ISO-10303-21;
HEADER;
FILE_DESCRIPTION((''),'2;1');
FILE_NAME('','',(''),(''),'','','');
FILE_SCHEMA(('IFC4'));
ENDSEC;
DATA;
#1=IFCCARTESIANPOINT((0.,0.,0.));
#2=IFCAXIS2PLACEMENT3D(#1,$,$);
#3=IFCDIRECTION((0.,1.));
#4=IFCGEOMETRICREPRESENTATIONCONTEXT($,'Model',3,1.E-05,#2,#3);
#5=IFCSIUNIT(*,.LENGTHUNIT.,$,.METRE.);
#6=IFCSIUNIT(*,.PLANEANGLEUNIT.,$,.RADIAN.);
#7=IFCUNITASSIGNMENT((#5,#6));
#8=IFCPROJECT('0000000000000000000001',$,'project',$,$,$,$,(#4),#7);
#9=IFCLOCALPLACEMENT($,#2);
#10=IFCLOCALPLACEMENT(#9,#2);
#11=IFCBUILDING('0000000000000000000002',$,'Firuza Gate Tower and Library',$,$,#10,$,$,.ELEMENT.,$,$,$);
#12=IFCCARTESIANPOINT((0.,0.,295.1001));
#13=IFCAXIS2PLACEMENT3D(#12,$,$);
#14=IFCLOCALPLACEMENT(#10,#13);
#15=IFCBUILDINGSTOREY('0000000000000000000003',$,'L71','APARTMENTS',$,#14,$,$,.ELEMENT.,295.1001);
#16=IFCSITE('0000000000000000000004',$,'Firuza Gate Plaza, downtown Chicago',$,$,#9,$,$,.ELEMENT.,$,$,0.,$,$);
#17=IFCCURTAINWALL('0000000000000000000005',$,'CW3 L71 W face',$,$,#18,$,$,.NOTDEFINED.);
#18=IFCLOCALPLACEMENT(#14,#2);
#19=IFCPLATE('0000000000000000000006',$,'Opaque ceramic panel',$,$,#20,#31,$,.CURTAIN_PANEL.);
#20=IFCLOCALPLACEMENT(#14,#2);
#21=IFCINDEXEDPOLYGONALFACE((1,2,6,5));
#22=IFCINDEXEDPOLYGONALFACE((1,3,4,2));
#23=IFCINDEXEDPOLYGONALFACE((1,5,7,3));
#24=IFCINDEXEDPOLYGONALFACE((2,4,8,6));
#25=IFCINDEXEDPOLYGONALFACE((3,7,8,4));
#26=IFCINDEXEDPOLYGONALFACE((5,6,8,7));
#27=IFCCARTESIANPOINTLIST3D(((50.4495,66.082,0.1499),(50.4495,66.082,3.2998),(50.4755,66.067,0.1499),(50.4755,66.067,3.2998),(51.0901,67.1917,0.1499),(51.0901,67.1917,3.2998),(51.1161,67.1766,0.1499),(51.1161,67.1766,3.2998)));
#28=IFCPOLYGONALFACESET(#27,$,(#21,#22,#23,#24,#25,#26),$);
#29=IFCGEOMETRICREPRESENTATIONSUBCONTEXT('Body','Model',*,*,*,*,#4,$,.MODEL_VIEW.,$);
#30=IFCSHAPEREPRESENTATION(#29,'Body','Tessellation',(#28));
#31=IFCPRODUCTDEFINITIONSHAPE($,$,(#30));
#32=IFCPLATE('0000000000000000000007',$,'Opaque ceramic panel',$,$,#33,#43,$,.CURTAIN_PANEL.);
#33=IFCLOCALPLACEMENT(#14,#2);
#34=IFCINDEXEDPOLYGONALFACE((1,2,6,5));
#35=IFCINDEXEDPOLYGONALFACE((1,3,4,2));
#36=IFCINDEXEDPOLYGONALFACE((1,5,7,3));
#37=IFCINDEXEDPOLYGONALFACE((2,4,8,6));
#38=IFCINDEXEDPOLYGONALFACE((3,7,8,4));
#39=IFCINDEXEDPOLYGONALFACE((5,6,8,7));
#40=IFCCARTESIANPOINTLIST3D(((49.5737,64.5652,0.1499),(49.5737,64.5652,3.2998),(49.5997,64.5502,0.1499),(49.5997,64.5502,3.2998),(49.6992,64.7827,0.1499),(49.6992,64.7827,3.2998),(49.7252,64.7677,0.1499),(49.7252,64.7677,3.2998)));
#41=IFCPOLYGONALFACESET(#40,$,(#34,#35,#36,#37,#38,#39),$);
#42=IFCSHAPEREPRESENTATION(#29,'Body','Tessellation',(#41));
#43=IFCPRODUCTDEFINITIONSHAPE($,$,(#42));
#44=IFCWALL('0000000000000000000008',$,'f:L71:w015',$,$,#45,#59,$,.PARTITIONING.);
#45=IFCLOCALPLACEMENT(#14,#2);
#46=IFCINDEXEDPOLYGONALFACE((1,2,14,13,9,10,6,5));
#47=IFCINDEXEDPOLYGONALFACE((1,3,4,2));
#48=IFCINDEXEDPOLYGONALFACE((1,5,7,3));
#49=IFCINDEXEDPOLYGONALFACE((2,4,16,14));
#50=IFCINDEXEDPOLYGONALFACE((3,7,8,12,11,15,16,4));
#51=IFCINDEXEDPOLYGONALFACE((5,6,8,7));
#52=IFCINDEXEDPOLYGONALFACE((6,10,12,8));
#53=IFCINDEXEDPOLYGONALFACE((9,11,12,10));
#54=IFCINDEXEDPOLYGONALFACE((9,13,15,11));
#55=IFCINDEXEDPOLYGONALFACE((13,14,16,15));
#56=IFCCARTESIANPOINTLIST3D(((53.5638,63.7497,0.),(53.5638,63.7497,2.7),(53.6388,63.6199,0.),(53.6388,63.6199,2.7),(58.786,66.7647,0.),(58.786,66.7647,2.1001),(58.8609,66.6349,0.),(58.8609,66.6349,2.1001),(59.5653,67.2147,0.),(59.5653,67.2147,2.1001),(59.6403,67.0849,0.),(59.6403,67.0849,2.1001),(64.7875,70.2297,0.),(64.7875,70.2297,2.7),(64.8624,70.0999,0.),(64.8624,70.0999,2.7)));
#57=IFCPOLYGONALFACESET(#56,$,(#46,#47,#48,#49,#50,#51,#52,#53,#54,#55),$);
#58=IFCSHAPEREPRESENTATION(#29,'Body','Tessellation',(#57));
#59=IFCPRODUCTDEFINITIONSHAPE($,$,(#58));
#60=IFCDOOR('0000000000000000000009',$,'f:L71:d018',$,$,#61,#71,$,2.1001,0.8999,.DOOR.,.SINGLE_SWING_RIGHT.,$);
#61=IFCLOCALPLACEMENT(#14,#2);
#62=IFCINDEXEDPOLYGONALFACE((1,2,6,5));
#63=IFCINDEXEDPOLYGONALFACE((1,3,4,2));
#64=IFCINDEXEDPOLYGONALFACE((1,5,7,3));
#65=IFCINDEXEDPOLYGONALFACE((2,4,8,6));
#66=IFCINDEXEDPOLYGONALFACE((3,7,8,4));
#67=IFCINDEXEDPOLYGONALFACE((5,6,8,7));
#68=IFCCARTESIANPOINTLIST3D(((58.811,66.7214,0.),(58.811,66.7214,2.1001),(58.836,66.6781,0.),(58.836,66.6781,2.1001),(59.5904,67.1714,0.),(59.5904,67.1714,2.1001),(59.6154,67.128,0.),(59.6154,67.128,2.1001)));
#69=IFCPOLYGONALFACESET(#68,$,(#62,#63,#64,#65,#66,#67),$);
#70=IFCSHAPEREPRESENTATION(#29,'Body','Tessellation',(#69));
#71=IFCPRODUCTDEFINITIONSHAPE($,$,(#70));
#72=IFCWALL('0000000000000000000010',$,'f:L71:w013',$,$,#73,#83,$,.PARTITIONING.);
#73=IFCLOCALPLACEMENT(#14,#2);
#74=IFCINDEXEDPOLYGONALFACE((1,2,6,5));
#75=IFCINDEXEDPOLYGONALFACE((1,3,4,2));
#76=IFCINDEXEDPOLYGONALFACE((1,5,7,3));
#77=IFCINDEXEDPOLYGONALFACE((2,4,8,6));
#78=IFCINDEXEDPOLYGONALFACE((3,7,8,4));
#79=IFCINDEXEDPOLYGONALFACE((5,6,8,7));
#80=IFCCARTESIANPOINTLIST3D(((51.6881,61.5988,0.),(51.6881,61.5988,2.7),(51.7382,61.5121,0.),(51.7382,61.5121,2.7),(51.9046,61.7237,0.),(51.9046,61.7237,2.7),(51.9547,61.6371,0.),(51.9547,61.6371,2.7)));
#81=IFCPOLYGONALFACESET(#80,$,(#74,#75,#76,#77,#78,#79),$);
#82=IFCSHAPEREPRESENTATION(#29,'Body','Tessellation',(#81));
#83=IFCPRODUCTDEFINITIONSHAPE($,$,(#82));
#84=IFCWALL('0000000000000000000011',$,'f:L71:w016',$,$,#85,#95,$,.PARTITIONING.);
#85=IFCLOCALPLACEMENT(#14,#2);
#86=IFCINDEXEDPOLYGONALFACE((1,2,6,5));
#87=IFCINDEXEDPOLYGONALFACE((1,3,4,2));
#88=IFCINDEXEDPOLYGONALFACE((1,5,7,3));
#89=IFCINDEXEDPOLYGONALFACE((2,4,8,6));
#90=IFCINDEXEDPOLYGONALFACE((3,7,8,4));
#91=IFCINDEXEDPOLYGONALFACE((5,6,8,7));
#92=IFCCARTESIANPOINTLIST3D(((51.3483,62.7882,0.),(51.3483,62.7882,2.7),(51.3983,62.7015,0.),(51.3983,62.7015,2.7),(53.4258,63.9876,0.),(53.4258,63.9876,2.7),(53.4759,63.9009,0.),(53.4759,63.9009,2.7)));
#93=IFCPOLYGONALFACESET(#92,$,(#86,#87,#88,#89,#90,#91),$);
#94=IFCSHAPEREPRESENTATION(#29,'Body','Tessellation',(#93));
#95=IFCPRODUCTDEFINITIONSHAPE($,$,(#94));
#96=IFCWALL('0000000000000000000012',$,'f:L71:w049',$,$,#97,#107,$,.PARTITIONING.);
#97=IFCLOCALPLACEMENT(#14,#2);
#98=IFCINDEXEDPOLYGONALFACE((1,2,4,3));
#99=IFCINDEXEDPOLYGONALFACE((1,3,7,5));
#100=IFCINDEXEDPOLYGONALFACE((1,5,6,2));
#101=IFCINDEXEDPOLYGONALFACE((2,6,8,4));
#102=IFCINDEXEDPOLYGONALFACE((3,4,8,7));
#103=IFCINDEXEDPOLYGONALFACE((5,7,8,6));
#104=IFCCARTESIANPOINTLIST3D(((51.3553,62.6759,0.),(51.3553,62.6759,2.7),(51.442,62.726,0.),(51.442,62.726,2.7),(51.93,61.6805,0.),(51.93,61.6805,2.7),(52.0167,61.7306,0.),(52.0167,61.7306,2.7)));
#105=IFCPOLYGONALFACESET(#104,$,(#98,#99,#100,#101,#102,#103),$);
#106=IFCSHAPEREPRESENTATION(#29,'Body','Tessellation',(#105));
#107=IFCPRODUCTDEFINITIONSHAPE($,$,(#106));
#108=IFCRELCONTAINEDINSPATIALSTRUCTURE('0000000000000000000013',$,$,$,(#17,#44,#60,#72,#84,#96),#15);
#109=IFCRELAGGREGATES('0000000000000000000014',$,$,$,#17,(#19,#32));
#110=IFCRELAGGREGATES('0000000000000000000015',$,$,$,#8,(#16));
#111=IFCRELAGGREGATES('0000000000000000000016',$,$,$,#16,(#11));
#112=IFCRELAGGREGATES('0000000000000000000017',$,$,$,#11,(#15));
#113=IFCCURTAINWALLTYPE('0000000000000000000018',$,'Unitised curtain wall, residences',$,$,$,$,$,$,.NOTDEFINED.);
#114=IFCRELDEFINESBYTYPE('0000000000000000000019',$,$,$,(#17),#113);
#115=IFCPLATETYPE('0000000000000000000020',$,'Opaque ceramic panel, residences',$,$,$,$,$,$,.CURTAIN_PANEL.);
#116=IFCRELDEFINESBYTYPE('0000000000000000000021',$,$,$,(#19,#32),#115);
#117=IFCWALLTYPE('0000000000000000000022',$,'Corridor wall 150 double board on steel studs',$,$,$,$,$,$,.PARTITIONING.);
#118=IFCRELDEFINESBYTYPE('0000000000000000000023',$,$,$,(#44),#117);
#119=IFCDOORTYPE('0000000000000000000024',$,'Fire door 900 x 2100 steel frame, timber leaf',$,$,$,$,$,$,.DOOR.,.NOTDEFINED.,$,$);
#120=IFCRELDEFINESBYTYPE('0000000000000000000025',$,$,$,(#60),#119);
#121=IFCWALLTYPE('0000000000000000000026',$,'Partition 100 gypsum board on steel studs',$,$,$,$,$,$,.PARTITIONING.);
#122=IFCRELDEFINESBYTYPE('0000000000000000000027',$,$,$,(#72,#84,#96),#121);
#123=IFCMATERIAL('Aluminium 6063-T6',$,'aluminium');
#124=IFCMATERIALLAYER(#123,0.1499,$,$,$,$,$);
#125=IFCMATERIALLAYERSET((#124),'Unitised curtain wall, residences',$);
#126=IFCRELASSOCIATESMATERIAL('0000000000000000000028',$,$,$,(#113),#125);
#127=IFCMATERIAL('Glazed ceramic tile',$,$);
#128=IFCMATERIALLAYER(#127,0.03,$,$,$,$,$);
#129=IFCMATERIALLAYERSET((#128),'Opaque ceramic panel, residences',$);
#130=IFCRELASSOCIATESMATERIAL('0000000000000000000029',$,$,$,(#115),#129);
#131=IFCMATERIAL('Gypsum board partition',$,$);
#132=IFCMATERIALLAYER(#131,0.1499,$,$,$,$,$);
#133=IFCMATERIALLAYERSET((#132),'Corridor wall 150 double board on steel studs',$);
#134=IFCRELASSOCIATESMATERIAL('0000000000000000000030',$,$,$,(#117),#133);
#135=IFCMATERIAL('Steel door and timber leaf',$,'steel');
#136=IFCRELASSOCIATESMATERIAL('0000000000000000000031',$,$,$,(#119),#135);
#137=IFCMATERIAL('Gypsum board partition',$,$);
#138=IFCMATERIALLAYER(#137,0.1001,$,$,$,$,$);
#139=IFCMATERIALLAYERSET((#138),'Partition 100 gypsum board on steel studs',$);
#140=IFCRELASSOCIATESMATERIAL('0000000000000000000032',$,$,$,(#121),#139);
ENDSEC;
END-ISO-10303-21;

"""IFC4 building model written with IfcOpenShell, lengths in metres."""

from ifc_helpers import new_model, si_unit, direction, frame, frame_2d, origin, place, context, subcontext, project, spatial, polyline, rectangle, outline, extrude, material, layer, layer_set, type_object, element, fill, aggregate, save


model = new_model("IFC4")

# Units and contexts
model_context = context("Model", 3, precision=1e-05, world=origin(), true_north=direction((0.0, 1.0)))
body_context = subcontext(model_context, "Body", "Model", "MODEL_VIEW")
ifc_project = project(units=[si_unit("LENGTHUNIT", "METRE"), si_unit("PLANEANGLEUNIT", "RADIAN")], contexts=[model_context])

# Site, building, storey
site_placement = place(None, origin())
site = spatial("IfcSite", under=ifc_project, at=site_placement, Name="Firuza Gate Plaza, downtown Chicago", CompositionType="ELEMENT", RefElevation=0.0)
building_placement = place(site_placement, origin())
building = spatial("IfcBuilding", under=site, at=building_placement, Name="Firuza Gate Tower and Library", CompositionType="ELEMENT")
storey_placement = place(building_placement, frame((0.0, 0.0, 295.1001)))
storey = spatial("IfcBuildingStorey", under=building, at=storey_placement, Name="L71", Description="APARTMENTS", CompositionType="ELEMENT", Elevation=295.1001)

# Curtain wall
ifc_material_1 = material(Name="Aluminium 6063-T6", Category="aluminium")
ifc_layer_1 = layer(ifc_material_1, 0.1499)
ifc_layer_set_1 = layer_set([ifc_layer_1], Name="Unitised curtain wall, residences")
curtain_wall_type_1 = type_object("IfcCurtainWallType", Name="Unitised curtain wall, residences", PredefinedType="NOTDEFINED", material=ifc_layer_set_1)
placement = place(storey_placement, origin())
curtain_wall_1 = element("IfcCurtainWall", 1, at=placement, inside=storey, type_object=curtain_wall_type_1, Name="CW3 L71 W face", PredefinedType="NOTDEFINED")

# Plates
ifc_material_2 = material(Name="Glazed ceramic tile")
ifc_layer_2 = layer(ifc_material_2, 0.03)
ifc_layer_set_2 = layer_set([ifc_layer_2], Name="Opaque ceramic panel, residences")
plate_type_1 = type_object("IfcPlateType", Name="Opaque ceramic panel, residences", PredefinedType="CURTAIN_PANEL", material=ifc_layer_set_2)
plate_1_placement = place(storey_placement, frame((51.0901, 67.1917, 0.1499), z_axis=(-0.86603, 0.499992, 0.0), x_axis=(-0.499992, -0.86603, 0.0)))
plate_1 = element("IfcPlate", 2, at=plate_1_placement, type_object=plate_type_1, Name="Opaque ceramic panel", PredefinedType="CURTAIN_PANEL", context=body_context, shape_type="SweptSolid", body=[
    extrude(outline(polyline([(0.0, 0.0), (1.2813, 0.0), (1.2813, 3.1499), (0.0, 3.1499), (0.0, 0.0)])), origin(), (0.0, 0.0, -1.0), 0.03),
])
plate_2_placement = place(storey_placement, frame((49.6992, 64.7827, 0.1499), z_axis=(-0.866202, 0.499694, 0.0), x_axis=(-0.499694, -0.866202, 0.0)))
plate_2 = element("IfcPlate", 3, at=plate_2_placement, type_object=plate_type_1, Name="Opaque ceramic panel", PredefinedType="CURTAIN_PANEL", context=body_context, shape_type="SweptSolid", body=[
    extrude(outline(polyline([(0.0, 0.0), (0.2511, 0.0), (0.2511, 3.1499), (0.0, 3.1499), (0.0, 0.0)])), origin(), (0.0, 0.0, -1.0), 0.03),
])
aggregate(curtain_wall_1, [plate_1, plate_2])

# Wall, opening, door
ifc_material_3 = material(Name="Gypsum board partition")
ifc_layer_3 = layer(ifc_material_3, 0.1499)
ifc_layer_set_3 = layer_set([ifc_layer_3], Name="Corridor wall 150 double board on steel studs")
wall_type_1 = type_object("IfcWallType", Name="Corridor wall 150 double board on steel studs", PredefinedType="PARTITIONING", material=ifc_layer_set_3)
wall_1_placement = place(storey_placement, frame((53.6013, 63.6848, 0.0), z_axis=(0.0, 0.0, 1.0), x_axis=(0.866025, 0.500001, 0.0)))
wall_1 = element("IfcWall", 4, at=wall_1_placement, inside=storey, type_object=wall_type_1, Name="f:L71:w015", PredefinedType="PARTITIONING", context=body_context, shape_type="SweptSolid", body=[
    extrude(rectangle(XDim=12.96, YDim=0.1499, at=frame_2d((6.48, 0.0))), origin(), (0.0, 0.0, 1.0), 2.7),
])
opening_placement = place(wall_1_placement, frame((6.03, 0.0, 0.0)))
opening = element("IfcOpeningElement", 5, at=opening_placement, cuts=wall_1, PredefinedType="OPENING", context=body_context, shape_type="SweptSolid", body=[
    extrude(rectangle(XDim=0.8999, YDim=2.1001, at=frame_2d((0.45, 1.05))), frame((0.0, 0.085, 0.0), z_axis=(0.0, -1.0, 0.0), x_axis=(1.0, 0.0, 0.0)), (0.0, 0.0, 1.0), 0.1699),
])
ifc_material_4 = material(Name="Steel door and timber leaf", Category="steel")
door_type = type_object("IfcDoorType", Name="Fire door 900 x 2100 steel frame, timber leaf", OperationType="NOTDEFINED", PredefinedType="DOOR", material=ifc_material_4)
door_placement = place(opening_placement, origin())
door = element("IfcDoor", 6, at=door_placement, inside=storey, type_object=door_type, Name="f:L71:d018", OperationType="SINGLE_SWING_RIGHT", OverallHeight=2.1001, OverallWidth=0.8999, PredefinedType="DOOR", context=body_context, shape_type="SweptSolid", body=[
    extrude(rectangle(XDim=0.8999, YDim=2.1001, at=frame_2d((0.45, 1.05))), frame((0.0, 0.0249, 0.0), z_axis=(0.0, -1.0, 0.0), x_axis=(1.0, 0.0, 0.0)), (0.0, 0.0, 1.0), 0.05),
])
fill(opening, door)

# Walls
ifc_material_5 = material(Name="Gypsum board partition")
ifc_layer_4 = layer(ifc_material_5, 0.1001)
ifc_layer_set_4 = layer_set([ifc_layer_4], Name="Partition 100 gypsum board on steel studs")
wall_type_2 = type_object("IfcWallType", Name="Partition 100 gypsum board on steel studs", PredefinedType="PARTITIONING", material=ifc_layer_set_4)
wall_2_placement = place(storey_placement, frame((51.7131, 61.5554, 0.0), z_axis=(0.0, 0.0, 1.0), x_axis=(0.866072, 0.49992, 0.0)))
element("IfcWall", 7, at=wall_2_placement, inside=storey, type_object=wall_type_2, Name="f:L71:w013", PredefinedType="PARTITIONING", context=body_context, shape_type="SweptSolid", body=[
    extrude(rectangle(XDim=0.25, YDim=0.1001, at=frame_2d((0.125, 0.0))), origin(), (0.0, 0.0, 1.0), 2.7),
])
wall_3_placement = place(storey_placement, frame((51.3733, 62.7449, 0.0), z_axis=(0.0, 0.0, 1.0), x_axis=(0.866036, 0.499981, 0.0)))
element("IfcWall", 8, at=wall_3_placement, inside=storey, type_object=wall_type_2, Name="f:L71:w016", PredefinedType="PARTITIONING", context=body_context, shape_type="SweptSolid", body=[
    extrude(rectangle(XDim=2.3989, YDim=0.1001, at=frame_2d((1.1995, 0.0))), origin(), (0.0, 0.0, 1.0), 2.7),
])
wall_4_placement = place(storey_placement, frame((51.9734, 61.7056, 0.0), z_axis=(0.0, 0.0, 1.0), x_axis=(-0.500023, 0.866012, 0.0)))
element("IfcWall", 9, at=wall_4_placement, inside=storey, type_object=wall_type_2, Name="f:L71:w049", PredefinedType="PARTITIONING", context=body_context, shape_type="SweptSolid", body=[
    extrude(rectangle(XDim=1.1494, YDim=0.1001, at=frame_2d((0.5747, 0.0))), origin(), (0.0, 0.0, 1.0), 2.7),
])

save(model, "model.ifc")
